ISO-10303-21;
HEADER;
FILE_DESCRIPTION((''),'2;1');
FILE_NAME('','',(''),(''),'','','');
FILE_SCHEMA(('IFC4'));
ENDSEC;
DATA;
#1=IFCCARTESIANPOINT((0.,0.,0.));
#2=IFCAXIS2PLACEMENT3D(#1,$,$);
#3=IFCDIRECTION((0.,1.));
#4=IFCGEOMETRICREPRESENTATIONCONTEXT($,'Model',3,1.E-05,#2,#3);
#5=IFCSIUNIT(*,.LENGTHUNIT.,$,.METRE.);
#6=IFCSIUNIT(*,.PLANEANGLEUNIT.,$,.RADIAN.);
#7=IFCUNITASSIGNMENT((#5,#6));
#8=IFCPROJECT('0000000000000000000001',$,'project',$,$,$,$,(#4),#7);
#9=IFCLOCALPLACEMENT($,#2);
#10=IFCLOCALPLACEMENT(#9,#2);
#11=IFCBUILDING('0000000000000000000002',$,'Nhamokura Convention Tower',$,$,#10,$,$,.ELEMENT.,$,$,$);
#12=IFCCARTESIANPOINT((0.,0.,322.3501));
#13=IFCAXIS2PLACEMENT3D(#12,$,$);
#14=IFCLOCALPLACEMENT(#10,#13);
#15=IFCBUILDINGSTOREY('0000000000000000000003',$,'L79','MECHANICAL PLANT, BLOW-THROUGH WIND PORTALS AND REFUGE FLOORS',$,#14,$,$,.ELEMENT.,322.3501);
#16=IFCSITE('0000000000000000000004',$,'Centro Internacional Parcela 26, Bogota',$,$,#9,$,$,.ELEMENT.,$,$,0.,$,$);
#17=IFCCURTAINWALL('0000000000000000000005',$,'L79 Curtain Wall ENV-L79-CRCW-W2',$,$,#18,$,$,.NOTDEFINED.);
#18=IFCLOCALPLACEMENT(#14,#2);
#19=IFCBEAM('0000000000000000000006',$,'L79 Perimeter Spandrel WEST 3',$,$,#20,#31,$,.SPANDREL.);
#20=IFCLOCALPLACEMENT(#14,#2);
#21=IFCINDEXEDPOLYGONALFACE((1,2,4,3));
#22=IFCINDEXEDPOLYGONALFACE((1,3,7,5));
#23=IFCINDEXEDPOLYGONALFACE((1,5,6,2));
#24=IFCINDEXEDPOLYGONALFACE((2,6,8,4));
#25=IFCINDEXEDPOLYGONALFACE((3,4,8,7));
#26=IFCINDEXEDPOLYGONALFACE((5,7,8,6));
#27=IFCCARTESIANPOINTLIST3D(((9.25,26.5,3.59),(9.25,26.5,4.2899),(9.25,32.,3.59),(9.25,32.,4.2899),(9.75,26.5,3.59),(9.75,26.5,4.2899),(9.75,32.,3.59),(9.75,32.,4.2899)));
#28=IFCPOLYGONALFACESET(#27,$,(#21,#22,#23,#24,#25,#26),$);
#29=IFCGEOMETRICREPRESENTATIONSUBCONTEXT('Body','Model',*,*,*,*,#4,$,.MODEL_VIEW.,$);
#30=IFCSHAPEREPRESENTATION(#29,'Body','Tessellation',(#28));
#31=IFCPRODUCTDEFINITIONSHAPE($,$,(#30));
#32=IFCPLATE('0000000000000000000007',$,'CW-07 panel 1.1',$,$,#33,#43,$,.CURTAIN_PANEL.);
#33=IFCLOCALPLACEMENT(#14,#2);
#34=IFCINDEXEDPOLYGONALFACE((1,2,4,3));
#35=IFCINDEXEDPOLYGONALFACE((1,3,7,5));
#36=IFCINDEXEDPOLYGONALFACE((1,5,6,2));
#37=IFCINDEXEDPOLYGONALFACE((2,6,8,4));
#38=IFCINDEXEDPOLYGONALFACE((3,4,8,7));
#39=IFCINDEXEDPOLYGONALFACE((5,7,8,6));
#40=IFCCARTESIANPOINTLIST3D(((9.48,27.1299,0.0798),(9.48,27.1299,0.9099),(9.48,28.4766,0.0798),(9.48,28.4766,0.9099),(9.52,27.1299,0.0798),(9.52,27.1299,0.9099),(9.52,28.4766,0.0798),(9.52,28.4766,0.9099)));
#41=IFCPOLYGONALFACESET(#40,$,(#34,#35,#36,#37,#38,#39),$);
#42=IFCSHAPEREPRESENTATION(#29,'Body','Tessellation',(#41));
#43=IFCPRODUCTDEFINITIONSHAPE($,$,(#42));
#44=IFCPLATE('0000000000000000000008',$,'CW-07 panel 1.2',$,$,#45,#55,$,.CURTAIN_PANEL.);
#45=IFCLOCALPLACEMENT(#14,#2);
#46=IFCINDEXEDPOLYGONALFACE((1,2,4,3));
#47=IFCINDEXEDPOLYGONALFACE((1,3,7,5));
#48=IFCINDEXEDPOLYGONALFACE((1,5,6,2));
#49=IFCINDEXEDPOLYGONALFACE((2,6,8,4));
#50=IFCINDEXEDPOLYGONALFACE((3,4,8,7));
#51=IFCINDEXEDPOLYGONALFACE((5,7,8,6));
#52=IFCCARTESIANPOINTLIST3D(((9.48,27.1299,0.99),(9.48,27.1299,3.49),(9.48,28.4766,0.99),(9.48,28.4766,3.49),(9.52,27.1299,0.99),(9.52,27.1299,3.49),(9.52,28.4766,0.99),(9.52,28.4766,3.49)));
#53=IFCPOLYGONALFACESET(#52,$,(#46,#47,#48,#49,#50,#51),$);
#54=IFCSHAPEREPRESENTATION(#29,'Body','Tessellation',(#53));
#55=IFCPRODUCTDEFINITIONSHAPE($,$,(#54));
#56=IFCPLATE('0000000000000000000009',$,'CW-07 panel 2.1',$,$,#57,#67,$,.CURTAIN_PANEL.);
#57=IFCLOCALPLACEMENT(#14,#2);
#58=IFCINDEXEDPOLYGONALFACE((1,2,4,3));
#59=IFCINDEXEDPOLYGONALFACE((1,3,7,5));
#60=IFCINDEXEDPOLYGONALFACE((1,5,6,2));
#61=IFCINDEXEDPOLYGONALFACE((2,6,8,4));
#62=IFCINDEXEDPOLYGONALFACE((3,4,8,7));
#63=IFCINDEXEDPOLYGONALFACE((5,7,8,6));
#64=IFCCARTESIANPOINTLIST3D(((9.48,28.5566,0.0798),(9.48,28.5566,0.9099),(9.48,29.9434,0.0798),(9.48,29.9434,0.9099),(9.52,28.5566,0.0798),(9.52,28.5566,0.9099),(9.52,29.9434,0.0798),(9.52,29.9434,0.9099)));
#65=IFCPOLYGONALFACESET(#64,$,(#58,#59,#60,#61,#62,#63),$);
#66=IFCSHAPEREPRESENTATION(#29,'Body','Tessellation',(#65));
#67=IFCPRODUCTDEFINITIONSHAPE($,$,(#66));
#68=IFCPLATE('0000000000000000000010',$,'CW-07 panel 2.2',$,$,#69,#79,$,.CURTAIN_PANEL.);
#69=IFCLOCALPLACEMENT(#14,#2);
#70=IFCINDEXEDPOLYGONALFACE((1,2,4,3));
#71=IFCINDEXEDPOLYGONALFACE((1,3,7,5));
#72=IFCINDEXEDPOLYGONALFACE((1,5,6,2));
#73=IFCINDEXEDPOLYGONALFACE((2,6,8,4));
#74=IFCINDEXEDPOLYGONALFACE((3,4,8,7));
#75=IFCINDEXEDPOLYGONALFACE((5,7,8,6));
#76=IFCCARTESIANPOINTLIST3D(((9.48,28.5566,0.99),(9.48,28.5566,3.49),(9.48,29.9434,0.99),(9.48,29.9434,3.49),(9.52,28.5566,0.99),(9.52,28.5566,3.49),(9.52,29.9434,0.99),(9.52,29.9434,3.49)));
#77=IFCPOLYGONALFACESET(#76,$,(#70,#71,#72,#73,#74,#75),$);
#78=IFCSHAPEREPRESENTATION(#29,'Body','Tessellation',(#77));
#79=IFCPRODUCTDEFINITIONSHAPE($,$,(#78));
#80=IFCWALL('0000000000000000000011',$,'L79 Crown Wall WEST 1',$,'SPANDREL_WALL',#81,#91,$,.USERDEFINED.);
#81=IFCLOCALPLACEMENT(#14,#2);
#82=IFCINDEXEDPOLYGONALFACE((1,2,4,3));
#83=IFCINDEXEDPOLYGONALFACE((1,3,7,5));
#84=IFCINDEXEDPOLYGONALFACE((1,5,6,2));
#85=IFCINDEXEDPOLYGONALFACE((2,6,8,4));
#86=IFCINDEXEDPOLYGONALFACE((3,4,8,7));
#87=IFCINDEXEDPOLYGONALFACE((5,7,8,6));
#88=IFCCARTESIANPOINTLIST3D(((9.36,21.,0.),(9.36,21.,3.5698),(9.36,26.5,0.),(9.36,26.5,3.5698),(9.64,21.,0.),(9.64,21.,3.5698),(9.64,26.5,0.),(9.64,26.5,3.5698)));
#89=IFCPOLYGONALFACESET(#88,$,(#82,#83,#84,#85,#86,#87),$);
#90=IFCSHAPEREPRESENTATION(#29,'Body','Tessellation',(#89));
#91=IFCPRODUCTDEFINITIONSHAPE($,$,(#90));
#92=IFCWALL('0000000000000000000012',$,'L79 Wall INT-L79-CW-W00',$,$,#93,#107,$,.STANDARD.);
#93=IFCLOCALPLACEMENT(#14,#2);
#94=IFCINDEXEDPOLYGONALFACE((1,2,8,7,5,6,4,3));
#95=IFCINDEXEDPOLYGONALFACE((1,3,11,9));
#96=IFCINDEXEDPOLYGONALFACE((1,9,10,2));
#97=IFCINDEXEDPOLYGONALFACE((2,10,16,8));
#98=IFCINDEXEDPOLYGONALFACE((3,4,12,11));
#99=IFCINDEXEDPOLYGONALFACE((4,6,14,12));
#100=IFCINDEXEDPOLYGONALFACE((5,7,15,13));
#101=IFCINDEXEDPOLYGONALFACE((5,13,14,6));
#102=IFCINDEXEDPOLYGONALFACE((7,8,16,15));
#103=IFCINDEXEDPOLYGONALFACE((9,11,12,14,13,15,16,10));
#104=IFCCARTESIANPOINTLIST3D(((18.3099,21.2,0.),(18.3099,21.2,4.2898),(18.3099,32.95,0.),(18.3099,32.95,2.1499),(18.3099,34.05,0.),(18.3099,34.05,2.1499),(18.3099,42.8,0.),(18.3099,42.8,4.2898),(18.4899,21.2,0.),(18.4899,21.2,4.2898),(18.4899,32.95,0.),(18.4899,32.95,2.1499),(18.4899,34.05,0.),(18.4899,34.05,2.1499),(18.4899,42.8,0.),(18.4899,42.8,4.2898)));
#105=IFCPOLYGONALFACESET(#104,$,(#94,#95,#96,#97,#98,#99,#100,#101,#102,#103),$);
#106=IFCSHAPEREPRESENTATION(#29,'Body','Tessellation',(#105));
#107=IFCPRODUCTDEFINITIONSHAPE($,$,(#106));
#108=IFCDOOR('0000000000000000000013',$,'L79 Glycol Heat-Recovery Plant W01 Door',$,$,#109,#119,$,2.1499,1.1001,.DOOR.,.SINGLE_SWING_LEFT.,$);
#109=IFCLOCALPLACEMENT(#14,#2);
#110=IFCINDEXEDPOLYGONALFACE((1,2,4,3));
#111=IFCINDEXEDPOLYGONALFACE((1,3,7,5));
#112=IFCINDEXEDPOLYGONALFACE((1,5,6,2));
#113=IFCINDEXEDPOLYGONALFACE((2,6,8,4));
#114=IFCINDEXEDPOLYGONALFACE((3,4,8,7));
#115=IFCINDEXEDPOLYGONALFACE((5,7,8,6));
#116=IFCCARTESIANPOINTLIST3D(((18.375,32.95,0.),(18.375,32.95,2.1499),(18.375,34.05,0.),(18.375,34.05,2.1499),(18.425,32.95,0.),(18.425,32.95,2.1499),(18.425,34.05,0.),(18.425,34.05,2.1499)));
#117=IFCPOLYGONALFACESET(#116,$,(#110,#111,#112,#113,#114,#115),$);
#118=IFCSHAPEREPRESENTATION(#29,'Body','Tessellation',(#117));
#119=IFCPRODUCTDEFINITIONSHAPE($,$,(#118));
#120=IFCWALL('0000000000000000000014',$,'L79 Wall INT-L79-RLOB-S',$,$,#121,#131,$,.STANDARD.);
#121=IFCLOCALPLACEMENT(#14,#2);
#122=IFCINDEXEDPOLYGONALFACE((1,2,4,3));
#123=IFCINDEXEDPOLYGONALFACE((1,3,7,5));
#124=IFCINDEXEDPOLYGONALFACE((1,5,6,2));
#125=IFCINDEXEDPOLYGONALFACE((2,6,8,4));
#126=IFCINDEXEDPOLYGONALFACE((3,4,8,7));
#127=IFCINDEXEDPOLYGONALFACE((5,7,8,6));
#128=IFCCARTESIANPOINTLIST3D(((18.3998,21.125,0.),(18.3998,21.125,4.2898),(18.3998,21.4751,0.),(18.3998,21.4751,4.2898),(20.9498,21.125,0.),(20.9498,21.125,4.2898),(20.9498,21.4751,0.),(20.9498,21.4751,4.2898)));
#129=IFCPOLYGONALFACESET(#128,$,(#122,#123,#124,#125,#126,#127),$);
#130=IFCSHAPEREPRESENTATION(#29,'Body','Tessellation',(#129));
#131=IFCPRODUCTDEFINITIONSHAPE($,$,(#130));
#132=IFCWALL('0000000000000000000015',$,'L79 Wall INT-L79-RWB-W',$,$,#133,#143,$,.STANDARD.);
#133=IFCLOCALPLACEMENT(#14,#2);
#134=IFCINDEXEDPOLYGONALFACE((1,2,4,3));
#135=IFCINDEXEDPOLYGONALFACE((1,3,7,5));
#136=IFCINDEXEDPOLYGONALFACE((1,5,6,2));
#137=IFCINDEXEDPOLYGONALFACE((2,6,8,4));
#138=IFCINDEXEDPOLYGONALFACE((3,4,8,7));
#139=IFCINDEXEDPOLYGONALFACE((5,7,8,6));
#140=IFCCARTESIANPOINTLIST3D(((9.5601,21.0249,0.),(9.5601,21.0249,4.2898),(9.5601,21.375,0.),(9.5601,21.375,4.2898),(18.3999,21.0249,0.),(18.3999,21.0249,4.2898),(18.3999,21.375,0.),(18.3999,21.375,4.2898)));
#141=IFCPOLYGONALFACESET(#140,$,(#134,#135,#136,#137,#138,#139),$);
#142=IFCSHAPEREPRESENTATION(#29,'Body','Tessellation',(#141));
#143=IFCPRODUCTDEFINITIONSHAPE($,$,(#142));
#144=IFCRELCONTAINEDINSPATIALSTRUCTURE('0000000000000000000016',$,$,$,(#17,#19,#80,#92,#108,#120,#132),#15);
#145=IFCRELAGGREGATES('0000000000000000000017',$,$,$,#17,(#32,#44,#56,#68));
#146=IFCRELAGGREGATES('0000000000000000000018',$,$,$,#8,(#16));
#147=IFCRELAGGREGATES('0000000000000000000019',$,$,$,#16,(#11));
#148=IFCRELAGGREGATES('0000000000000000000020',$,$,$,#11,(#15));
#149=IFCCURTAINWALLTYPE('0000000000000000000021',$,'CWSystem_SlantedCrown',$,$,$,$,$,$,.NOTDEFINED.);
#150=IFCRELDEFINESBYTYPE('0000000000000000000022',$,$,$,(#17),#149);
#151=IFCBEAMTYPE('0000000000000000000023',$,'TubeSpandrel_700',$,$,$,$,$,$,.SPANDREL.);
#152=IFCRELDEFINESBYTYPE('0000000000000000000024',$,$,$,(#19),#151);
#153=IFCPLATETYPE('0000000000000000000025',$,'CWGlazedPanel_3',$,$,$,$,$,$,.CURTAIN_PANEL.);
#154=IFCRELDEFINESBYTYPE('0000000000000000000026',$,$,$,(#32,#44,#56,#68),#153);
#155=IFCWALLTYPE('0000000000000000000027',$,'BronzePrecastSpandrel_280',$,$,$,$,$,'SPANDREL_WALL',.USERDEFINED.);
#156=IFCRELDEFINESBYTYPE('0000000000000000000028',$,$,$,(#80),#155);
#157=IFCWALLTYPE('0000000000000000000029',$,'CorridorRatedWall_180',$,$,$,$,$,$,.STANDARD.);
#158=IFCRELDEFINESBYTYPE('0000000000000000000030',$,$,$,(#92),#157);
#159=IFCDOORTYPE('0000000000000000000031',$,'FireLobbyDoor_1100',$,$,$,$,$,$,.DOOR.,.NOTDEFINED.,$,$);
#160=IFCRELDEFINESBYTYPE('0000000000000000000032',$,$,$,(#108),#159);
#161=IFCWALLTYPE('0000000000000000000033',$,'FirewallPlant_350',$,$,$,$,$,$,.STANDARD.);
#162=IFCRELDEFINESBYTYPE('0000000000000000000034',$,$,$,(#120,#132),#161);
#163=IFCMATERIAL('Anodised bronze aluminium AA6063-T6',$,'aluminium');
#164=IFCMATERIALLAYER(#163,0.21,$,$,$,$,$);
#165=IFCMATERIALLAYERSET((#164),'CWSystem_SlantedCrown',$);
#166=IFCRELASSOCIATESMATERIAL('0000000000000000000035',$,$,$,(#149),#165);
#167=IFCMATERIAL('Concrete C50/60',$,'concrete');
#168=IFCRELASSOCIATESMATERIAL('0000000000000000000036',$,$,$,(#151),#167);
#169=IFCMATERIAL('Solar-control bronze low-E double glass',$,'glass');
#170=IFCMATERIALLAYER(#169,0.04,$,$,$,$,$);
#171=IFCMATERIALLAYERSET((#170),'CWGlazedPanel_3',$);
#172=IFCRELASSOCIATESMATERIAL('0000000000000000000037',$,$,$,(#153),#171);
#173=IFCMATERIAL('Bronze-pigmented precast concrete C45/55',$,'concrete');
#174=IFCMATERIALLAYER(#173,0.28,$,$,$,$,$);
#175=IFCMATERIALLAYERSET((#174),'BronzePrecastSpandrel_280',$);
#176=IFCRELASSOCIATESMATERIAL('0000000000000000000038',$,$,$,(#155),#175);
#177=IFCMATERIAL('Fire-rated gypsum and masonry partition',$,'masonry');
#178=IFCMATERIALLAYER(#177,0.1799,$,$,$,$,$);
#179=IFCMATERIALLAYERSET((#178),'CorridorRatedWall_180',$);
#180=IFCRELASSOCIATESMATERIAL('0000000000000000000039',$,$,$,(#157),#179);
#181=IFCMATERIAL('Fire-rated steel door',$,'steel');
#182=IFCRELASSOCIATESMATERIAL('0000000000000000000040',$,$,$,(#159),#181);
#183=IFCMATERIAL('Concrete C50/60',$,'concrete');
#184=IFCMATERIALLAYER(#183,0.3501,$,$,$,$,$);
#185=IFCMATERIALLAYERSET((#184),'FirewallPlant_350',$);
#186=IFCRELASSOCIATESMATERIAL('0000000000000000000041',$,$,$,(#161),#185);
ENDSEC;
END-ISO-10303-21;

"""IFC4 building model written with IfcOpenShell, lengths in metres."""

from ifc_helpers import new_model, si_unit, direction, frame, frame_2d, origin, origin_2d, place, context, subcontext, project, spatial, rectangle, extrude, material, layer, layer_set, material_profile, profile_set, type_object, element, fill, aggregate, save


model = new_model("IFC4")

# Units and contexts
model_context = context("Model", 3, precision=1e-05, world=origin(), true_north=direction((0.0, 1.0)))
body_context = subcontext(model_context, "Body", "Model", "MODEL_VIEW")
ifc_project = project(units=[si_unit("LENGTHUNIT", "METRE"), si_unit("PLANEANGLEUNIT", "RADIAN")], contexts=[model_context])

# Site, building, storey
site_placement = place(None, origin())
site = spatial("IfcSite", under=ifc_project, at=site_placement, Name="Centro Internacional Parcela 26, Bogota", CompositionType="ELEMENT", RefElevation=0.0)
building_placement = place(site_placement, origin())
building = spatial("IfcBuilding", under=site, at=building_placement, Name="Nhamokura Convention Tower", CompositionType="ELEMENT")
storey_placement = place(building_placement, frame((0.0, 0.0, 322.3501)))
storey = spatial("IfcBuildingStorey", under=building, at=storey_placement, Name="L79", Description="MECHANICAL PLANT, BLOW-THROUGH WIND PORTALS AND REFUGE FLOORS", CompositionType="ELEMENT", Elevation=322.3501)

# Curtain wall
ifc_material_1 = material(Name="Anodised bronze aluminium AA6063-T6", Category="aluminium")
ifc_layer_1 = layer(ifc_material_1, 0.21)
ifc_layer_set_1 = layer_set([ifc_layer_1], Name="CWSystem_SlantedCrown")
curtain_wall_type = type_object("IfcCurtainWallType", Name="CWSystem_SlantedCrown", PredefinedType="NOTDEFINED", material=ifc_layer_set_1)
curtain_wall_placement = place(storey_placement, origin())
curtain_wall = element("IfcCurtainWall", 1, at=curtain_wall_placement, inside=storey, type_object=curtain_wall_type, Name="L79 Curtain Wall ENV-L79-CRCW-W2", PredefinedType="NOTDEFINED")

# Beam
ifc_material_2 = material(Name="Concrete C50/60", Category="concrete")
ifc_material_profile_1 = material_profile(ifc_material_2, rectangle(XDim=0.5, YDim=0.7, at=origin_2d()))
ifc_profile_set_1 = profile_set([ifc_material_profile_1], Name="Concrete C50/60")
beam_type = type_object("IfcBeamType", Name="TubeSpandrel_700", PredefinedType="SPANDREL", material=ifc_profile_set_1)
beam_placement = place(storey_placement, frame((9.5, 26.5, 3.9399), z_axis=(0.0, 1.0, 0.0), x_axis=(-1.0, 0.0, 0.0)))
element("IfcBeam", 2, at=beam_placement, inside=storey, type_object=beam_type, Name="L79 Perimeter Spandrel WEST 3", PredefinedType="SPANDREL", context=body_context, shape_type="SweptSolid", body=[
    extrude(rectangle(XDim=0.5, YDim=0.7, at=origin_2d()), origin(), (0.0, 0.0, 1.0), 5.5),
])

# Plates
ifc_material_3 = material(Name="Solar-control bronze low-E double glass", Category="glass")
ifc_layer_2 = layer(ifc_material_3, 0.04)
ifc_layer_set_2 = layer_set([ifc_layer_2], Name="CWGlazedPanel_3")
plate_type = type_object("IfcPlateType", Name="CWGlazedPanel_3", PredefinedType="CURTAIN_PANEL", material=ifc_layer_set_2)
plate_1_placement = place(storey_placement, frame((9.5, 27.8032, 0.0798), z_axis=(0.0, 0.0, 1.0), x_axis=(0.0, 1.0, 0.0)))
plate_1 = element("IfcPlate", 3, at=plate_1_placement, type_object=plate_type, Name="CW-07 panel 1.1", PredefinedType="CURTAIN_PANEL", context=body_context, shape_type="SweptSolid", body=[
    extrude(rectangle(XDim=1.3467, YDim=0.04, at=origin_2d()), origin(), (0.0, 0.0, 1.0), 0.8301),
])
plate_2_placement = place(storey_placement, frame((9.5, 27.8032, 0.99), z_axis=(0.0, 0.0, 1.0), x_axis=(0.0, 1.0, 0.0)))
plate_2 = element("IfcPlate", 4, at=plate_2_placement, type_object=plate_type, Name="CW-07 panel 1.2", PredefinedType="CURTAIN_PANEL", context=body_context, shape_type="SweptSolid", body=[
    extrude(rectangle(XDim=1.3467, YDim=0.04, at=origin_2d()), origin(), (0.0, 0.0, 1.0), 2.5),
])
plate_3_placement = place(storey_placement, frame((9.5, 29.25, 0.0798), z_axis=(0.0, 0.0, 1.0), x_axis=(0.0, 1.0, 0.0)))
plate_3 = element("IfcPlate", 5, at=plate_3_placement, type_object=plate_type, Name="CW-07 panel 2.1", PredefinedType="CURTAIN_PANEL", context=body_context, shape_type="SweptSolid", body=[
    extrude(rectangle(XDim=1.3867, YDim=0.04, at=origin_2d()), origin(), (0.0, 0.0, 1.0), 0.8301),
])
plate_4_placement = place(storey_placement, frame((9.5, 29.25, 0.99), z_axis=(0.0, 0.0, 1.0), x_axis=(0.0, 1.0, 0.0)))
plate_4 = element("IfcPlate", 6, at=plate_4_placement, type_object=plate_type, Name="CW-07 panel 2.2", PredefinedType="CURTAIN_PANEL", context=body_context, shape_type="SweptSolid", body=[
    extrude(rectangle(XDim=1.3867, YDim=0.04, at=origin_2d()), origin(), (0.0, 0.0, 1.0), 2.5),
])
aggregate(curtain_wall, [plate_1, plate_2, plate_3, plate_4])

# Wall
ifc_material_4 = material(Name="Bronze-pigmented precast concrete C45/55", Category="concrete")
ifc_layer_3 = layer(ifc_material_4, 0.28)
ifc_layer_set_3 = layer_set([ifc_layer_3], Name="BronzePrecastSpandrel_280")
wall_type_1 = type_object("IfcWallType", Name="BronzePrecastSpandrel_280", ElementType="SPANDREL_WALL", PredefinedType="USERDEFINED", material=ifc_layer_set_3)
wall_1_placement = place(storey_placement, frame((9.5, 21.0, 0.0), z_axis=(0.0, 0.0, 1.0), x_axis=(0.0, 1.0, 0.0)))
element("IfcWall", 7, at=wall_1_placement, inside=storey, type_object=wall_type_1, Name="L79 Crown Wall WEST 1", ObjectType="SPANDREL_WALL", PredefinedType="USERDEFINED", context=body_context, shape_type="SweptSolid", body=[
    extrude(rectangle(XDim=5.5, YDim=0.28, at=frame_2d((2.75, 0.0))), origin(), (0.0, 0.0, 1.0), 3.5698),
])

# Wall, opening, door
ifc_material_5 = material(Name="Fire-rated gypsum and masonry partition", Category="masonry")
ifc_layer_4 = layer(ifc_material_5, 0.1799)
ifc_layer_set_4 = layer_set([ifc_layer_4], Name="CorridorRatedWall_180")
wall_type_2 = type_object("IfcWallType", Name="CorridorRatedWall_180", PredefinedType="STANDARD", material=ifc_layer_set_4)
wall_2_placement = place(storey_placement, frame((18.3999, 21.2, 0.0), z_axis=(0.0, 0.0, 1.0), x_axis=(0.0, 1.0, 0.0)))
wall_2 = element("IfcWall", 8, at=wall_2_placement, inside=storey, type_object=wall_type_2, Name="L79 Wall INT-L79-CW-W00", PredefinedType="STANDARD", context=body_context, shape_type="SweptSolid", body=[
    extrude(rectangle(XDim=21.6001, YDim=0.1799, at=frame_2d((10.8, 0.0))), origin(), (0.0, 0.0, 1.0), 4.2898),
])
opening_placement = place(wall_2_placement, frame((11.75, 0.0, 0.0)))
opening = element("IfcOpeningElement", 9, at=opening_placement, cuts=wall_2, PredefinedType="OPENING", context=body_context, shape_type="SweptSolid", body=[
    extrude(rectangle(XDim=1.1001, YDim=2.1499, at=frame_2d((0.55, 1.075))), frame((0.0, 0.0999, 0.0), z_axis=(0.0, -1.0, 0.0), x_axis=(1.0, 0.0, 0.0)), (0.0, 0.0, 1.0), 0.2),
])
ifc_material_6 = material(Name="Fire-rated steel door", Category="steel")
door_type = type_object("IfcDoorType", Name="FireLobbyDoor_1100", OperationType="NOTDEFINED", PredefinedType="DOOR", material=ifc_material_6)
door_placement = place(opening_placement, origin())
door = element("IfcDoor", 10, at=door_placement, inside=storey, type_object=door_type, Name="L79 Glycol Heat-Recovery Plant W01 Door", OperationType="SINGLE_SWING_LEFT", OverallHeight=2.1499, OverallWidth=1.1001, PredefinedType="DOOR", context=body_context, shape_type="SweptSolid", body=[
    extrude(rectangle(XDim=1.1001, YDim=2.1499, at=frame_2d((0.55, 1.075))), frame((0.0, 0.0249, 0.0), z_axis=(0.0, -1.0, 0.0), x_axis=(1.0, 0.0, 0.0)), (0.0, 0.0, 1.0), 0.05),
])
fill(opening, door)

# Walls
ifc_material_7 = material(Name="Concrete C50/60", Category="concrete")
ifc_layer_5 = layer(ifc_material_7, 0.3501)
ifc_layer_set_5 = layer_set([ifc_layer_5], Name="FirewallPlant_350")
wall_type_3 = type_object("IfcWallType", Name="FirewallPlant_350", PredefinedType="STANDARD", material=ifc_layer_set_5)
wall_3_placement = place(storey_placement, frame((18.3999, 21.3, 0.0), z_axis=(0.0, 0.0, 1.0), x_axis=(1.0, 0.0, 0.0)))
element("IfcWall", 11, at=wall_3_placement, inside=storey, type_object=wall_type_3, Name="L79 Wall INT-L79-RLOB-S", PredefinedType="STANDARD", context=body_context, shape_type="SweptSolid", body=[
    extrude(rectangle(XDim=2.55, YDim=0.3501, at=frame_2d((1.2749, 0.0))), origin(), (0.0, 0.0, 1.0), 4.2898),
])
wall_4_placement = place(storey_placement, frame((9.5601, 21.2, 0.0), z_axis=(0.0, 0.0, 1.0), x_axis=(1.0, 0.0, 0.0)))
element("IfcWall", 12, at=wall_4_placement, inside=storey, type_object=wall_type_3, Name="L79 Wall INT-L79-RWB-W", PredefinedType="STANDARD", context=body_context, shape_type="SweptSolid", body=[
    extrude(rectangle(XDim=8.8398, YDim=0.3501, at=frame_2d((4.4199, 0.0))), origin(), (0.0, 0.0, 1.0), 4.2898),
])

save(model, "model.ifc")
